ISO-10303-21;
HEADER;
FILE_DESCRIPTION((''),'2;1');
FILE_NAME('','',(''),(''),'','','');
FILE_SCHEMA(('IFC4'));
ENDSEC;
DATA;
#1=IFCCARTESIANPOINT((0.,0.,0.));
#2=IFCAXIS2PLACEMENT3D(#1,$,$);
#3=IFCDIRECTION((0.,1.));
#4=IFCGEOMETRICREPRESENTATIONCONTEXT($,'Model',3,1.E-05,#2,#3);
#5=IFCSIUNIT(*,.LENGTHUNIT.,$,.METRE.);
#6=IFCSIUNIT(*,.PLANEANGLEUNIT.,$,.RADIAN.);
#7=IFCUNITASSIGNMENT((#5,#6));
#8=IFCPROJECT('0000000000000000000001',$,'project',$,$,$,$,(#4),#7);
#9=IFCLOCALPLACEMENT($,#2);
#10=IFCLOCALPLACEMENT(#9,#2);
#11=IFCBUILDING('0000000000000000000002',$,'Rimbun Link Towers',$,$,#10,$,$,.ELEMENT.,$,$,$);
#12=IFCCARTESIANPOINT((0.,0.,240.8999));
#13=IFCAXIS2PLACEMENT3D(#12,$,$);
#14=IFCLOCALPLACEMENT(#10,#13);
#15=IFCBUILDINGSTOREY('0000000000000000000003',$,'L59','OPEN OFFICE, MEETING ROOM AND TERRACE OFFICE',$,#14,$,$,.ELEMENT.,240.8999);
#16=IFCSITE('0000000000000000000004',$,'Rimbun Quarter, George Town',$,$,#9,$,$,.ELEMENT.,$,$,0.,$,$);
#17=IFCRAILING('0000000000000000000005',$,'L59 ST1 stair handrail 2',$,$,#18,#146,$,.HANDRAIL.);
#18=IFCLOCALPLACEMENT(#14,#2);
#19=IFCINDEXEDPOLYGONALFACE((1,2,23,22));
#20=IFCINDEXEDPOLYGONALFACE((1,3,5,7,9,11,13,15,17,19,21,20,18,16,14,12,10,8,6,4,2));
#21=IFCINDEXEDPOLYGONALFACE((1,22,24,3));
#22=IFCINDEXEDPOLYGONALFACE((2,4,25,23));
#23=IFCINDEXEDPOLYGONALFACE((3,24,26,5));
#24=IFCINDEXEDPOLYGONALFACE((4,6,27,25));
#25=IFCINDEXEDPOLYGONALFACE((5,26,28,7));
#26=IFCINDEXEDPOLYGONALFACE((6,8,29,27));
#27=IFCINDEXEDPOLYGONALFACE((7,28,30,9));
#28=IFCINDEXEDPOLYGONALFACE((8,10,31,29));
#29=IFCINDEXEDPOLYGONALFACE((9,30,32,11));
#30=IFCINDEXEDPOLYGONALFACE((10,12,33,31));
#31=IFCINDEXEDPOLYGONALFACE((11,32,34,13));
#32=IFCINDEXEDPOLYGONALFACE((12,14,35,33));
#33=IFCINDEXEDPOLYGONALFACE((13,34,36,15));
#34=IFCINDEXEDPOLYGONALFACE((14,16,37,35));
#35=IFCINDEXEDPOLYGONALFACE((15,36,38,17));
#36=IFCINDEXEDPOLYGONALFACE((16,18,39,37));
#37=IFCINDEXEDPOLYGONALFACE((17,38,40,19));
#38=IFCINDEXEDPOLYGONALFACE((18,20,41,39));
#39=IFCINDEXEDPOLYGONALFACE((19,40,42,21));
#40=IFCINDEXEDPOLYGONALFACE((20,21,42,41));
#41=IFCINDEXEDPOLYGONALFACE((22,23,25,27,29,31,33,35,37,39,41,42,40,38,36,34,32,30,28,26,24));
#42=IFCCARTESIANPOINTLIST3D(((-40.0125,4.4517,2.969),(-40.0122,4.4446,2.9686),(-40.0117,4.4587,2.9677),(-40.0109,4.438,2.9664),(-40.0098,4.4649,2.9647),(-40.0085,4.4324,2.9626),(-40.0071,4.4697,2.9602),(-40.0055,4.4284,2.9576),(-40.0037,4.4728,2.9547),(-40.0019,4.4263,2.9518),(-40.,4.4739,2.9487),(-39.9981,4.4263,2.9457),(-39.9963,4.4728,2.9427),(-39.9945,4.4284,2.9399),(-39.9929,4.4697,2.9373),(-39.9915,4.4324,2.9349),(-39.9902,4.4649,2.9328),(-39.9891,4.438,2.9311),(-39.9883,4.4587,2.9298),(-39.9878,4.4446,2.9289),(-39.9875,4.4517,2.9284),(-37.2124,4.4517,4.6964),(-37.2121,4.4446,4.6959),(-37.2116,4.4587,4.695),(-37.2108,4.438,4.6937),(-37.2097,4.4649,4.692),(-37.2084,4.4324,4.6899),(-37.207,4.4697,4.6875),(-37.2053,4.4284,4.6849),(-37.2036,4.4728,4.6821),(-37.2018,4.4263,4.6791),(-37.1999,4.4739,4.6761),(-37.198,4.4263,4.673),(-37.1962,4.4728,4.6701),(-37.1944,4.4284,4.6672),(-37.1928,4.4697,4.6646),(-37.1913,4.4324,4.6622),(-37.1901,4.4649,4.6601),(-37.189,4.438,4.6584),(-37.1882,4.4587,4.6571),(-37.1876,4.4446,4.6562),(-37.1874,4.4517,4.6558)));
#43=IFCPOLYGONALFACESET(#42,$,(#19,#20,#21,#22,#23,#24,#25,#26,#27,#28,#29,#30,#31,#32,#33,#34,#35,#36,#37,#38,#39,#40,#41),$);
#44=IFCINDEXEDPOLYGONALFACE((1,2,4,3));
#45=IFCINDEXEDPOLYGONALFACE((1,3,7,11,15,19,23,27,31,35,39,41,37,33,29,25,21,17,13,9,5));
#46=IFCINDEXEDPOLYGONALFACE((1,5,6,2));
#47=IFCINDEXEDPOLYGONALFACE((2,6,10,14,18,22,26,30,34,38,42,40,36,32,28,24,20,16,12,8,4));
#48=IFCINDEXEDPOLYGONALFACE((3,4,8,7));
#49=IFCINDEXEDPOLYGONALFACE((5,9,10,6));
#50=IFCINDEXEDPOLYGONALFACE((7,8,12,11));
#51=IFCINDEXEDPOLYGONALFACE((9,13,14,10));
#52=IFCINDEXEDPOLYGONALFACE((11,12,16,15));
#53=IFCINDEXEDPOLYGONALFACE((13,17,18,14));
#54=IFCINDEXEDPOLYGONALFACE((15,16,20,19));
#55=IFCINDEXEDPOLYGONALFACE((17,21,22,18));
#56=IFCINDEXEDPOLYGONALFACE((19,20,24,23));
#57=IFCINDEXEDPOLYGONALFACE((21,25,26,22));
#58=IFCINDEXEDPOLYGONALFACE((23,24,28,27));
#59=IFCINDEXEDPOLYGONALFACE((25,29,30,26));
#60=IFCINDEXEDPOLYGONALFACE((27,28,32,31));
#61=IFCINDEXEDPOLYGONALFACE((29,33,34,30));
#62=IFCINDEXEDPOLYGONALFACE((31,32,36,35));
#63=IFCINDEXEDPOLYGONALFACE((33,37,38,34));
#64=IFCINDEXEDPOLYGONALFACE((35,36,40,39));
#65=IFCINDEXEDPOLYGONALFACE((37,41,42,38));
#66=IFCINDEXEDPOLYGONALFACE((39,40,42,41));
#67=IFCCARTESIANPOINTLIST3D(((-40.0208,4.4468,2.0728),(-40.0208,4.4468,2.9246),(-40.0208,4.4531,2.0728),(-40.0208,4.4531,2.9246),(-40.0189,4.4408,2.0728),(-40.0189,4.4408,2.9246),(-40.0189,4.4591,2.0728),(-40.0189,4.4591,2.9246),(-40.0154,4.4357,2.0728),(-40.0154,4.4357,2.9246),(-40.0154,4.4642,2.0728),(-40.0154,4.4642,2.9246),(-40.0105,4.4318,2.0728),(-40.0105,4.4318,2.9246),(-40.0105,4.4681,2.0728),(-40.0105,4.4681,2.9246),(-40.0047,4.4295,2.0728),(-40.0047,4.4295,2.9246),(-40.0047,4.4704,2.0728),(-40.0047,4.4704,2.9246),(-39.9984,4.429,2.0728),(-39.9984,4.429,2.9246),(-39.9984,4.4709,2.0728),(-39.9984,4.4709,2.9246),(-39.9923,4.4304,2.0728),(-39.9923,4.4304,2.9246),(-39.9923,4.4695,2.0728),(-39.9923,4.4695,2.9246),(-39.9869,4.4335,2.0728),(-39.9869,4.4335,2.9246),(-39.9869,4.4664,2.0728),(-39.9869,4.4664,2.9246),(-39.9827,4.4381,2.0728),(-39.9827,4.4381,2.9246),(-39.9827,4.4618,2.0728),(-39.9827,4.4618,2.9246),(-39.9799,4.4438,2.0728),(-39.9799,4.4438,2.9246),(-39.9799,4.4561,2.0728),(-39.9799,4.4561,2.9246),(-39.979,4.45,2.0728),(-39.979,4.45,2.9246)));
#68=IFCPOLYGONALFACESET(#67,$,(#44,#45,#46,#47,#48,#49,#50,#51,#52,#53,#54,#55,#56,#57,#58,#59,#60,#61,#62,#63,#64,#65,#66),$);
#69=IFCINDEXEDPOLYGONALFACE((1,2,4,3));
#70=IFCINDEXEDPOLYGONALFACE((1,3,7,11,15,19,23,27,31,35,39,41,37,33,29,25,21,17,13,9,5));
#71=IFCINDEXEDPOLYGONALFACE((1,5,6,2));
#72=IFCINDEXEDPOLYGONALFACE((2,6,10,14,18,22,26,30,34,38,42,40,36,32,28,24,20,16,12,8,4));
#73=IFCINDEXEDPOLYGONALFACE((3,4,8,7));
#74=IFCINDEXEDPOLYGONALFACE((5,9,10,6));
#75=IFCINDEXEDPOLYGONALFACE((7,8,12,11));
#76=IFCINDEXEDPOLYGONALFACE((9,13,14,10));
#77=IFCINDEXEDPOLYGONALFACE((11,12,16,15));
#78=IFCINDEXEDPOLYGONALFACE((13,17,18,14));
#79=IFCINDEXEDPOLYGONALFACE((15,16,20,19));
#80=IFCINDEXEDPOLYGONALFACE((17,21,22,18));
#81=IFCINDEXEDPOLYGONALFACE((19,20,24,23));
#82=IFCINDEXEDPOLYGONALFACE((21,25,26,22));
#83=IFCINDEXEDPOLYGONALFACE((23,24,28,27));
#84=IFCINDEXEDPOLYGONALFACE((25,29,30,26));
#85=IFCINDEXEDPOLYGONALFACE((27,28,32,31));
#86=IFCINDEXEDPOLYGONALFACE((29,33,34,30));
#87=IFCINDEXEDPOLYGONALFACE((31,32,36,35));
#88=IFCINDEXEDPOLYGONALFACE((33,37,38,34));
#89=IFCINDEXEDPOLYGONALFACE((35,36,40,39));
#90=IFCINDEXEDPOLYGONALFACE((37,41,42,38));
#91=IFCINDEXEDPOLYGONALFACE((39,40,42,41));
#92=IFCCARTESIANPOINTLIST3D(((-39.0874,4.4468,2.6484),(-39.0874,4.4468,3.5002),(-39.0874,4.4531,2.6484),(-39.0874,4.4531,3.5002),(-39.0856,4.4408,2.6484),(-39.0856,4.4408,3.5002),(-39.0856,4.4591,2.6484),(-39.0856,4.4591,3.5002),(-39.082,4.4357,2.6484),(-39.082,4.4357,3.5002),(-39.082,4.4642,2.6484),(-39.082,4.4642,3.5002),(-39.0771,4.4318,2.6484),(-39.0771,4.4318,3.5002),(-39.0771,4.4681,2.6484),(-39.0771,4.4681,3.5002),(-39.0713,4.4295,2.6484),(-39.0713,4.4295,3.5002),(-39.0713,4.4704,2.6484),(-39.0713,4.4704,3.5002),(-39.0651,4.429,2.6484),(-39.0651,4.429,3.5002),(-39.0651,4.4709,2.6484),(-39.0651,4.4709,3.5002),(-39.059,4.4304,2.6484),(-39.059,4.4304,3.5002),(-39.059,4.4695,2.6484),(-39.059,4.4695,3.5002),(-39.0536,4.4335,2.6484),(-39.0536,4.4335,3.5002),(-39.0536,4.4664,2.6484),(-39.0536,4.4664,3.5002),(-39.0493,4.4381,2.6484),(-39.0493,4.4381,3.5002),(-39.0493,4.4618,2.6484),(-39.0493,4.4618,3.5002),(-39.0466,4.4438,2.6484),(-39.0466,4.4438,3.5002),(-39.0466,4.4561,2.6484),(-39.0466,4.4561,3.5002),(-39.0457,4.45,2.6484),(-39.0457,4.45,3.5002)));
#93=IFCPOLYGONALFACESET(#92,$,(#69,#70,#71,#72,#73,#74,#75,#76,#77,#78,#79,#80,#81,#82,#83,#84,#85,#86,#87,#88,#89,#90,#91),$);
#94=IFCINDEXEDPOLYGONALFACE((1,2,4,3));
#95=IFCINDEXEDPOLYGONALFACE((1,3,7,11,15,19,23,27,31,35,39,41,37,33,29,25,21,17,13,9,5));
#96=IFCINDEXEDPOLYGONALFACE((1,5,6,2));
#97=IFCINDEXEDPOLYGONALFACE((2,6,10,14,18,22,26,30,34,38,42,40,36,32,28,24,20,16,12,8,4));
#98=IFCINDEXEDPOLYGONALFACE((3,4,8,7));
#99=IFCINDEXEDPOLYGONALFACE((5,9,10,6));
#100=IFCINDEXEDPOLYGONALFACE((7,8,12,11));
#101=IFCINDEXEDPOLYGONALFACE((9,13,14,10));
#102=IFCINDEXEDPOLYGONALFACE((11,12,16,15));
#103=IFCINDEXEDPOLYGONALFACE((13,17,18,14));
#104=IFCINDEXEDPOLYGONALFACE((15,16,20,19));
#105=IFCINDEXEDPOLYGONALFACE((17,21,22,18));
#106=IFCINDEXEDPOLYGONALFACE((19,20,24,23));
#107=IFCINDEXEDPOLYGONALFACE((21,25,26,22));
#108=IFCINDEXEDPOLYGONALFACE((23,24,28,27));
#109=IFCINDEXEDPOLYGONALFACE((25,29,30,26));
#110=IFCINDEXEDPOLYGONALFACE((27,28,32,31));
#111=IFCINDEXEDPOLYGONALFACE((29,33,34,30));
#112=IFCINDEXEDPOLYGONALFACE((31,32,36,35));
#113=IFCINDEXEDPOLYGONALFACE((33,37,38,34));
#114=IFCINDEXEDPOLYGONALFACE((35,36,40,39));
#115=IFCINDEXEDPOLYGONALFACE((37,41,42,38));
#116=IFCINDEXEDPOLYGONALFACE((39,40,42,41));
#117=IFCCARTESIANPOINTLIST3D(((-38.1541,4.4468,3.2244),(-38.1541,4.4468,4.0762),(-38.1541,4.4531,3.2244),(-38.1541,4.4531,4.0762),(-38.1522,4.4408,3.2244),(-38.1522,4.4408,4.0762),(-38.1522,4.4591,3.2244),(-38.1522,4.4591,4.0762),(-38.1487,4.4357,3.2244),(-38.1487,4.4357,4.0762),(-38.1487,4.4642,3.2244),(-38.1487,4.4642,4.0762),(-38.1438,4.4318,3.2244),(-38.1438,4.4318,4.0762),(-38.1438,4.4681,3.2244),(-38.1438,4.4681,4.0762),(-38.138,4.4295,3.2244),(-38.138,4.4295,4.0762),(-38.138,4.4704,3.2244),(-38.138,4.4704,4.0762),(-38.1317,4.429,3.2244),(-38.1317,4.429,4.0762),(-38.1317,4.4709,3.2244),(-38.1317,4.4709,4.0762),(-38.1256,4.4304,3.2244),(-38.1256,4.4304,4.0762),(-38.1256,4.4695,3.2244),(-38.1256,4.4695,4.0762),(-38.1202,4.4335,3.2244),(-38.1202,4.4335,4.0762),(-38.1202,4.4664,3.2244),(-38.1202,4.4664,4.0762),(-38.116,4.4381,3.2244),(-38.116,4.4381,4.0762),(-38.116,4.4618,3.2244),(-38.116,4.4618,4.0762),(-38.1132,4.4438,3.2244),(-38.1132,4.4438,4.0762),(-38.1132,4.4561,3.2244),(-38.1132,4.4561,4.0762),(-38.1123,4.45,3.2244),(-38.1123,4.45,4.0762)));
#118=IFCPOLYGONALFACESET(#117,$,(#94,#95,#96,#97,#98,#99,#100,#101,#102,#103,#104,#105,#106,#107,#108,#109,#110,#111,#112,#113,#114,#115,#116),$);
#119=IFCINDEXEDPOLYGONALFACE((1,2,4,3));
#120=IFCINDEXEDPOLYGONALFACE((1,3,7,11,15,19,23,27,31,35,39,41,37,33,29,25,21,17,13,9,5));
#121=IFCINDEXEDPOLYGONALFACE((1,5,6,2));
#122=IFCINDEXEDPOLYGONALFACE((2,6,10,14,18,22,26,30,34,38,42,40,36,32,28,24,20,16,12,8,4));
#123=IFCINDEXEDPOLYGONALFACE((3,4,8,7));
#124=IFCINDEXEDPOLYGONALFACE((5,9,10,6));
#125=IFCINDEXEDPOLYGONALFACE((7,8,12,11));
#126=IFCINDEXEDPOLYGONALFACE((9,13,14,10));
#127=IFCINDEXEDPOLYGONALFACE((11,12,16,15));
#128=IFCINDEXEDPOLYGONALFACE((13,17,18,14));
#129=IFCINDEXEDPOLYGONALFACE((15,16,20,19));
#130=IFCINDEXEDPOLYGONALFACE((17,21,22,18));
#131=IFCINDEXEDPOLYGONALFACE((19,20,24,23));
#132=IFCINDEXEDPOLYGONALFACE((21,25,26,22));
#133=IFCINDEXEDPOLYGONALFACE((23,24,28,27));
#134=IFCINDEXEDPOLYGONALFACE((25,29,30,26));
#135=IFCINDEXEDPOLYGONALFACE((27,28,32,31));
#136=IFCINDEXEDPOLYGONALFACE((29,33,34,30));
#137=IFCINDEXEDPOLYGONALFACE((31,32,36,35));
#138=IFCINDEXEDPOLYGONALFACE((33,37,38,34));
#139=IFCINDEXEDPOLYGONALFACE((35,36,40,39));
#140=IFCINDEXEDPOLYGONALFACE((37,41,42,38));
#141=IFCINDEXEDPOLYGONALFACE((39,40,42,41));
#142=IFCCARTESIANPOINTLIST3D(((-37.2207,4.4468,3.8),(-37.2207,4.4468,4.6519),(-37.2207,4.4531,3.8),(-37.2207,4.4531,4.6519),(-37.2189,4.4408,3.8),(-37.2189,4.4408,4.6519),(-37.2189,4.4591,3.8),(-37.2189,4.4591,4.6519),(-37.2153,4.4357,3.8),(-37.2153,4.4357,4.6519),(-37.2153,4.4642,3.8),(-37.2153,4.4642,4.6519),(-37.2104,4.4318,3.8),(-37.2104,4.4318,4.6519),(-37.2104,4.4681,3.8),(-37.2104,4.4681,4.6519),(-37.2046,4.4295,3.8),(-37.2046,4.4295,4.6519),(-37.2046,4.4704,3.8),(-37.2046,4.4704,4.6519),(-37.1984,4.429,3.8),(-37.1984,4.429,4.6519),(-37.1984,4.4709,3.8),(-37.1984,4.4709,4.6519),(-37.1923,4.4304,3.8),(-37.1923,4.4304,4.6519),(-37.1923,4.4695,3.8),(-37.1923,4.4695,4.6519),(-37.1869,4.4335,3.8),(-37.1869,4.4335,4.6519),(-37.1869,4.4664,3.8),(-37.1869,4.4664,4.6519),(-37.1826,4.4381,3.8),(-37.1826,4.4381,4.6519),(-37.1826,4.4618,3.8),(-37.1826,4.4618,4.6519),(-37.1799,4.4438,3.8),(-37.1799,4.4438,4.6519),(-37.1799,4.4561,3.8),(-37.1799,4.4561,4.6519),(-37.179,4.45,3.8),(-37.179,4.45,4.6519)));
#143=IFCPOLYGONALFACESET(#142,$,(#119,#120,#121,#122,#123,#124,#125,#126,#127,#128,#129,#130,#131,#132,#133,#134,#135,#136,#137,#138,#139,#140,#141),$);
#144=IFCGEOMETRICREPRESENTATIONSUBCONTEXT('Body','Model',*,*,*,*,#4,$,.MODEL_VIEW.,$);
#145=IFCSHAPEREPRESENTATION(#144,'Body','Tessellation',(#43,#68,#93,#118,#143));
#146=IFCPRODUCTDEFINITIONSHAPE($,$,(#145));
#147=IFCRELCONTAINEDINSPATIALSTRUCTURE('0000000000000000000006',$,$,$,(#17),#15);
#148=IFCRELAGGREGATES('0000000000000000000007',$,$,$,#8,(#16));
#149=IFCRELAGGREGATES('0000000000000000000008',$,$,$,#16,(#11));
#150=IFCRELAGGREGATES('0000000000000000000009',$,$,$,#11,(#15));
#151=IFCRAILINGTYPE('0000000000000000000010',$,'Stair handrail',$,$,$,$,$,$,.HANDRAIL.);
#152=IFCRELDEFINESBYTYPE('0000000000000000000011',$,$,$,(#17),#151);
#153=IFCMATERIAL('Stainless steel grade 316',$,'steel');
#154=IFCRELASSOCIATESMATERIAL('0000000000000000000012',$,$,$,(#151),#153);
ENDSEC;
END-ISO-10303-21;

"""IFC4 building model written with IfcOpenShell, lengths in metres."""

from ifc_helpers import new_model, si_unit, direction, frame, origin, origin_2d, place, context, subcontext, project, spatial, circle, extrude, material, type_object, element, save


model = new_model("IFC4")

# Units and contexts
model_context = context("Model", 3, precision=1e-05, world=origin(), true_north=direction((0.0, 1.0)))
body_context = subcontext(model_context, "Body", "Model", "MODEL_VIEW")
ifc_project = project(units=[si_unit("LENGTHUNIT", "METRE"), si_unit("PLANEANGLEUNIT", "RADIAN")], contexts=[model_context])

# Site, building, storey
site_placement = place(None, origin())
site = spatial("IfcSite", under=ifc_project, at=site_placement, Name="Rimbun Quarter, George Town", CompositionType="ELEMENT", RefElevation=0.0)
building_placement = place(site_placement, origin())
building = spatial("IfcBuilding", under=site, at=building_placement, Name="Rimbun Link Towers", CompositionType="ELEMENT")
storey_placement = place(building_placement, frame((0.0, 0.0, 240.8999)))
storey = spatial("IfcBuildingStorey", under=building, at=storey_placement, Name="L59", Description="OPEN OFFICE, MEETING ROOM AND TERRACE OFFICE", CompositionType="ELEMENT", Elevation=240.8999)

# Railing
ifc_material_1 = material(Name="Stainless steel grade 316", Category="steel")
railing_type_1 = type_object("IfcRailingType", Name="Stair handrail", PredefinedType="HANDRAIL", material=ifc_material_1)
railing_1_placement = place(storey_placement, frame((-40.0, 4.45, 2.0728)))
element("IfcRailing", 1, at=railing_1_placement, inside=storey, type_object=railing_type_1, Name="L59 ST1 stair handrail 2", PredefinedType="HANDRAIL", context=body_context, shape_type="SweptSolid", body=[
    extrude(circle(Radius=0.0239, at=origin_2d()), frame((0.0, 0.0, 0.876), z_axis=(0.85109, 0.0, 0.52502), x_axis=(0.0, 1.0, 0.0)), (0.0, 0.0, 1.0), 3.29),
    extrude(circle(Radius=0.021, at=origin_2d()), origin(), (0.0, 0.0, 1.0), 0.8518),
    extrude(circle(Radius=0.021, at=origin_2d()), frame((0.9333, 0.0, 0.5757)), (0.0, 0.0, 1.0), 0.8518),
    extrude(circle(Radius=0.021, at=origin_2d()), frame((1.8667, 0.0, 1.1516)), (0.0, 0.0, 1.0), 0.8518),
    extrude(circle(Radius=0.021, at=origin_2d()), frame((2.8, 0.0, 1.7273)), (0.0, 0.0, 1.0), 0.8518),
])

save(model, "model.ifc")
